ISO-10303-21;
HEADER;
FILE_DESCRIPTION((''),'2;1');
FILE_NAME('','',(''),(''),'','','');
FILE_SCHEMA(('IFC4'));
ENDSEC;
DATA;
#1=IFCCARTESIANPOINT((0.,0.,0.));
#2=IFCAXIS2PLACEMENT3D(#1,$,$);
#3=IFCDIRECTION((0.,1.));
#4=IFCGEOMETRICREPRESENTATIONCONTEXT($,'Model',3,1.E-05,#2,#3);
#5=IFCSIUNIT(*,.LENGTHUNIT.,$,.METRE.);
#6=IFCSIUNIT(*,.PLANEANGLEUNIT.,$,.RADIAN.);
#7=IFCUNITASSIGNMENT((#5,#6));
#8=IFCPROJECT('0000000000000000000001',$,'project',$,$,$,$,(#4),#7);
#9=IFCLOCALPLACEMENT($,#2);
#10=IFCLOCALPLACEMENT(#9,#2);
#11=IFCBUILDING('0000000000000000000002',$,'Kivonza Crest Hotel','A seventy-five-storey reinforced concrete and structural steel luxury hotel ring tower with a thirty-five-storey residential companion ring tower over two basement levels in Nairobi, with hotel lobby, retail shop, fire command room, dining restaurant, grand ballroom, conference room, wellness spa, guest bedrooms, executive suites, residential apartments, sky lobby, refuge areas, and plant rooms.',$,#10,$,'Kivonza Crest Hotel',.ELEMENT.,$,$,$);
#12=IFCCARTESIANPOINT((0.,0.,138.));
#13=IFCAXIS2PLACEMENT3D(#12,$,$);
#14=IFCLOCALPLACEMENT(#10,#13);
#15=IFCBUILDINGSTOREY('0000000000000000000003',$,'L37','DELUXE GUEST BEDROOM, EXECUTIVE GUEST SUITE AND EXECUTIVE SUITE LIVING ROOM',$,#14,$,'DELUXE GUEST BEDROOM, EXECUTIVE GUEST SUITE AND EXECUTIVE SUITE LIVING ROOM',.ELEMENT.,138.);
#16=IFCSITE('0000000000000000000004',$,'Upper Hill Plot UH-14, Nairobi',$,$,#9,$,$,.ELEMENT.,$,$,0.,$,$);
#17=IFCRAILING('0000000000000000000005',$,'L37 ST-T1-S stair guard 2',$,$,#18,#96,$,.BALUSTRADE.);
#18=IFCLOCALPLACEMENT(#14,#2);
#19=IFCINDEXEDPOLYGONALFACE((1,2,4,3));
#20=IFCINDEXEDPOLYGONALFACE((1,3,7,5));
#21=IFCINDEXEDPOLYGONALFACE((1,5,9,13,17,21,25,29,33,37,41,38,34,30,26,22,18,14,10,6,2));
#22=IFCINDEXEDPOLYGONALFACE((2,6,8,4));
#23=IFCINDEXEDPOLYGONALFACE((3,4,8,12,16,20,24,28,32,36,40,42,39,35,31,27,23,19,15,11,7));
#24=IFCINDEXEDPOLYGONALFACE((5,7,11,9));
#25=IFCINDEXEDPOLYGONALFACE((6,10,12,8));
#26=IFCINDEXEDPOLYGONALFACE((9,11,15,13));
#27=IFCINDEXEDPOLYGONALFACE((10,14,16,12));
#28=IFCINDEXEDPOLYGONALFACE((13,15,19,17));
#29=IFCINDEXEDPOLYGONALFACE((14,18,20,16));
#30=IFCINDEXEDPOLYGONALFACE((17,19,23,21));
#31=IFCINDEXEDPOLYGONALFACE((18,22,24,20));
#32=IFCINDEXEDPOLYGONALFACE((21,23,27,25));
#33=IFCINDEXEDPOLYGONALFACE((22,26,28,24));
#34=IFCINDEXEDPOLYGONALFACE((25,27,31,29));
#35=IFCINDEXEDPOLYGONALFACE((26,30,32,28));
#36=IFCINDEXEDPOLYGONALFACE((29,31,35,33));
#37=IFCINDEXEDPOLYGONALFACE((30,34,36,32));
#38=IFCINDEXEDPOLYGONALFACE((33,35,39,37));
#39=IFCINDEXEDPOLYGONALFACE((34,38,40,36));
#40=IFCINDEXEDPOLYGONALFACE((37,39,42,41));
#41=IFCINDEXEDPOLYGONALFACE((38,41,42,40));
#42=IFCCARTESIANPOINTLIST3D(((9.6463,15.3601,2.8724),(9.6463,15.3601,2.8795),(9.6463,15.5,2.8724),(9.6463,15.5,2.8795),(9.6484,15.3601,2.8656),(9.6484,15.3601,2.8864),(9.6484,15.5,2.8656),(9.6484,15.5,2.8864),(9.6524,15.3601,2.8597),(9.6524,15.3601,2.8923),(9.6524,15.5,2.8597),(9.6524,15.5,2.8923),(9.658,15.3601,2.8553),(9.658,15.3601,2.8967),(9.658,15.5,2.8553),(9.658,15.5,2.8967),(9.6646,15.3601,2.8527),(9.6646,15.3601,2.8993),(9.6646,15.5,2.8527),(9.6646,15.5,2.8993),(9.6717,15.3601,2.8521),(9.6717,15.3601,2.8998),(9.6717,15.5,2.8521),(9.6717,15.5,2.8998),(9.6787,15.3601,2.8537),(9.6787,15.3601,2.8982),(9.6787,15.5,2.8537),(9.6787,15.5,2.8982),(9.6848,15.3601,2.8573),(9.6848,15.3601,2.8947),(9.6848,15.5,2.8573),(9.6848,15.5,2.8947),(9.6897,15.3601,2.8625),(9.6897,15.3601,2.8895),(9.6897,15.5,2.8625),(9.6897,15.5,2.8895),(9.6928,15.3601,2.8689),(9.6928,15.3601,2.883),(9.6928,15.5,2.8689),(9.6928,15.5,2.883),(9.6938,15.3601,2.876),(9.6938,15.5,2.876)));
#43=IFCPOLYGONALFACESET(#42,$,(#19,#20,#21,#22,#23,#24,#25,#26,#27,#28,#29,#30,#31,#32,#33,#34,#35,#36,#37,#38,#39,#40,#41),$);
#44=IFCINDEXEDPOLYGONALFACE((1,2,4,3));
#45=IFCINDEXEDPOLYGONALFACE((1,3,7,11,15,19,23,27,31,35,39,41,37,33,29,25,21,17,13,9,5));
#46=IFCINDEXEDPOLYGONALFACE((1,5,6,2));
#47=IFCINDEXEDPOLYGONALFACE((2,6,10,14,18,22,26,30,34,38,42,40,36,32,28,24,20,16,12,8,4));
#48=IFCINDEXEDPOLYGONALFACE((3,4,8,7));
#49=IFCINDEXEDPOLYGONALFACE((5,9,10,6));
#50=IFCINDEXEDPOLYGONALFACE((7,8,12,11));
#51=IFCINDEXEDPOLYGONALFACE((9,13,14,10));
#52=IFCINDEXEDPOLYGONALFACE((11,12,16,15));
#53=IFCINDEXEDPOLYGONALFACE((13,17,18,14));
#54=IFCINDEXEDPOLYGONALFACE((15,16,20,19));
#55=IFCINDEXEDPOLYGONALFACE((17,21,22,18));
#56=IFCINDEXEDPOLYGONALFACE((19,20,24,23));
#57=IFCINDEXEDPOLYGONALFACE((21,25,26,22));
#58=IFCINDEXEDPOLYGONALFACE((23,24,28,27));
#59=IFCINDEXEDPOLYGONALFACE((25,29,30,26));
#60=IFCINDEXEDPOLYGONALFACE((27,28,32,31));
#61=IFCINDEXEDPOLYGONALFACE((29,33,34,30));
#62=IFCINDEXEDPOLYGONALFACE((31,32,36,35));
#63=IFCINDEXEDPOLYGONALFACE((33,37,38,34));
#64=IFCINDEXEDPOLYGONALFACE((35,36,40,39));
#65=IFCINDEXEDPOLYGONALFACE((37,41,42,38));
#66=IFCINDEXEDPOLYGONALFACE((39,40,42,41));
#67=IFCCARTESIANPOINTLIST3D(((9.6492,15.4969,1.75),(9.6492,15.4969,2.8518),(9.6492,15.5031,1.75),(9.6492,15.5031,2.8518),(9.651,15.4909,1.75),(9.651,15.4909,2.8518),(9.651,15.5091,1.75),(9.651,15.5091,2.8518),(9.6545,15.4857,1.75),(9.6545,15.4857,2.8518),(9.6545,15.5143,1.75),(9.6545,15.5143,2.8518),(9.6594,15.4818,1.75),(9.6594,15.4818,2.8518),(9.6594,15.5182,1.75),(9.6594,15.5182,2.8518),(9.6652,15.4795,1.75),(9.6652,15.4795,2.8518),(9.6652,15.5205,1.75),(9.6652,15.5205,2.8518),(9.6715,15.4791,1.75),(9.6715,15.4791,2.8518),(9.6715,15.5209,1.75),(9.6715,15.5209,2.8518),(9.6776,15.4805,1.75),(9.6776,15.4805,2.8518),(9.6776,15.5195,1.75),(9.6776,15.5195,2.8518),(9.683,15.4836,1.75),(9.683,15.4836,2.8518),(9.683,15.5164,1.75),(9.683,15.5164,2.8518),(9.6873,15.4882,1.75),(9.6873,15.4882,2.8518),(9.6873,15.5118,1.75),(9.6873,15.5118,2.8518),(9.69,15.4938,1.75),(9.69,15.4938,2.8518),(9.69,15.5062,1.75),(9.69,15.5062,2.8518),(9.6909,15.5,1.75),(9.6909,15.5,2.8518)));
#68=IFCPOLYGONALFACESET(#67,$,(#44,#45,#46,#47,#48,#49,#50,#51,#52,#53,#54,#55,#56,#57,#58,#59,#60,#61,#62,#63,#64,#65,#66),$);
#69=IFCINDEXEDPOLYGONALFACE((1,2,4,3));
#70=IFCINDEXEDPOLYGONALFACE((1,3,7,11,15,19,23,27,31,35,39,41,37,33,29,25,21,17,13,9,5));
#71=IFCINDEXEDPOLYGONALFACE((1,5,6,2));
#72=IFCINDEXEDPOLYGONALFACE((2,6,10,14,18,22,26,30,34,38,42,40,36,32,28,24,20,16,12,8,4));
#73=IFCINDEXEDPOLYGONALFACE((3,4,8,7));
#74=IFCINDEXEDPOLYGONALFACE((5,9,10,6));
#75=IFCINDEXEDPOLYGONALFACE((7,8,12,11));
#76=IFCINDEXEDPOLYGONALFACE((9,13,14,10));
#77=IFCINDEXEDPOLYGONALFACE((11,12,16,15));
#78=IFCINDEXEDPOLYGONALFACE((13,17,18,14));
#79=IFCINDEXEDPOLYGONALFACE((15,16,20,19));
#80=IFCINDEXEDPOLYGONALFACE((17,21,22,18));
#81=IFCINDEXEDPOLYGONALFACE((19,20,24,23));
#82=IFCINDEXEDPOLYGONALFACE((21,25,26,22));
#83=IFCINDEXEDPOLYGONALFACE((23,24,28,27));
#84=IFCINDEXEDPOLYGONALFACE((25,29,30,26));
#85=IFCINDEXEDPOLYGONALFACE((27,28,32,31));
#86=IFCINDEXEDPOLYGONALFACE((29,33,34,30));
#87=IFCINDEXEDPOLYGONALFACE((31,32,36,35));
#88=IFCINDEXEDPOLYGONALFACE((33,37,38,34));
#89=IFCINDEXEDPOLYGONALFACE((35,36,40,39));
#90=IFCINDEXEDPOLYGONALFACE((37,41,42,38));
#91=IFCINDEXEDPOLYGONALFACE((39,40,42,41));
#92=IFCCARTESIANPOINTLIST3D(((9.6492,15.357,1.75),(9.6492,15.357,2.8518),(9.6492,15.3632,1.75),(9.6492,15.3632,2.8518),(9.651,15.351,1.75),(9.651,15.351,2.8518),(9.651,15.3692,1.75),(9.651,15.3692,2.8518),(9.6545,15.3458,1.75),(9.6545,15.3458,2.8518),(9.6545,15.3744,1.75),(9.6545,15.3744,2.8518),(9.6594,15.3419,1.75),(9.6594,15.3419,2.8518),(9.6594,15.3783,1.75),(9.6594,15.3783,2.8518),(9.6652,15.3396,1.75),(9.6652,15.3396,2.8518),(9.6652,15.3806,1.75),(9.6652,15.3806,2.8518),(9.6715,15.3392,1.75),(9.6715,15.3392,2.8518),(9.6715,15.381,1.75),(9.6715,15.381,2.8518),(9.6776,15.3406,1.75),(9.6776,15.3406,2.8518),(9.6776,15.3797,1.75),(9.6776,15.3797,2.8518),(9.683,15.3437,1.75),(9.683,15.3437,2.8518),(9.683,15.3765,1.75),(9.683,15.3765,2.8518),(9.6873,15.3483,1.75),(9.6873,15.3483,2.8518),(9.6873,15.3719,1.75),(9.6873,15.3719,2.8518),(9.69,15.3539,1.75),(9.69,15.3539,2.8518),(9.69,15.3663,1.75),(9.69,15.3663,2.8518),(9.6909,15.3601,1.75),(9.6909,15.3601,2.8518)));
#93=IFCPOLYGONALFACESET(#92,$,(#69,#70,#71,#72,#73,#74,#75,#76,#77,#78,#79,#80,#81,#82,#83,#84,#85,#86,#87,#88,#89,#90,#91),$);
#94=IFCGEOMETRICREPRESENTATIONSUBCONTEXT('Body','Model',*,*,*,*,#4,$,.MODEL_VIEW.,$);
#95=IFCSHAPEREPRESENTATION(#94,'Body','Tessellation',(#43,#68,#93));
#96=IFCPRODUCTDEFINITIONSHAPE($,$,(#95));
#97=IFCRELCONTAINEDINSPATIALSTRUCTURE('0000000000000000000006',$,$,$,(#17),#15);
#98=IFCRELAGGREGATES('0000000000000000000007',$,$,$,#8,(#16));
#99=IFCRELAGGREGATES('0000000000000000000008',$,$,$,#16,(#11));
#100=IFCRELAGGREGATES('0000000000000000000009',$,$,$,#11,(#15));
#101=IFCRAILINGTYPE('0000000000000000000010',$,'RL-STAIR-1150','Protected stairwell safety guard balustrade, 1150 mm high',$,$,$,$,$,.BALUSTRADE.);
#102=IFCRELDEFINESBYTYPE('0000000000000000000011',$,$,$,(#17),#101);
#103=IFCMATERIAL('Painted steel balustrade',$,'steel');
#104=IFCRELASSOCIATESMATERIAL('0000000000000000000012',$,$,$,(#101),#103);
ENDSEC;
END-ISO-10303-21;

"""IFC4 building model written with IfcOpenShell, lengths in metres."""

from ifc_helpers import new_model, si_unit, direction, frame, origin, origin_2d, place, context, subcontext, project, spatial, circle, extrude, material, type_object, element, save


model = new_model("IFC4")

# Units and contexts
model_context = context("Model", 3, precision=1e-05, world=origin(), true_north=direction((0.0, 1.0)))
body_context = subcontext(model_context, "Body", "Model", "MODEL_VIEW")
ifc_project = project(units=[si_unit("LENGTHUNIT", "METRE"), si_unit("PLANEANGLEUNIT", "RADIAN")], contexts=[model_context])

# Site, building, storey
site_placement = place(None, origin())
site = spatial("IfcSite", under=ifc_project, at=site_placement, Name="Upper Hill Plot UH-14, Nairobi", CompositionType="ELEMENT", RefElevation=0.0)
building_placement = place(site_placement, origin())
building = spatial("IfcBuilding", under=site, at=building_placement, Name="Kivonza Crest Hotel", Description="A seventy-five-storey reinforced concrete and structural steel luxury hotel ring tower with a thirty-five-storey residential companion ring tower over two basement levels in Nairobi, with hotel lobby, retail shop, fire command room, dining restaurant, grand ballroom, conference room, wellness spa, guest bedrooms, executive suites, residential apartments, sky lobby, refuge areas, and plant rooms.", LongName="Kivonza Crest Hotel", CompositionType="ELEMENT")
storey_placement = place(building_placement, frame((0.0, 0.0, 138.0)))
storey = spatial("IfcBuildingStorey", under=building, at=storey_placement, Name="L37", Description="DELUXE GUEST BEDROOM, EXECUTIVE GUEST SUITE AND EXECUTIVE SUITE LIVING ROOM", LongName="DELUXE GUEST BEDROOM, EXECUTIVE GUEST SUITE AND EXECUTIVE SUITE LIVING ROOM", CompositionType="ELEMENT", Elevation=138.0)

# Railing
ifc_material_1 = material(Name="Painted steel balustrade", Category="steel")
railing_type_1 = type_object("IfcRailingType", Name="RL-STAIR-1150", Description="Protected stairwell safety guard balustrade, 1150 mm high", PredefinedType="BALUSTRADE", material=ifc_material_1)
railing_1_placement = place(storey_placement, frame((9.6699, 15.5, 1.75)))
element("IfcRailing", 1, at=railing_1_placement, inside=storey, type_object=railing_type_1, Name="L37 ST-T1-S stair guard 2", PredefinedType="BALUSTRADE", context=body_context, shape_type="SweptSolid", body=[
    extrude(circle(Radius=0.0239, at=origin_2d()), frame((0.0, 0.0, 1.126), z_axis=(0.0, -1.0, 0.0), x_axis=(1.0, 0.0, 0.0)), (0.0, 0.0, 1.0), 0.1399),
    extrude(circle(Radius=0.021, at=origin_2d()), origin(), (0.0, 0.0, 1.0), 1.1018),
    extrude(circle(Radius=0.021, at=origin_2d()), frame((0.0, -0.1399, 0.0)), (0.0, 0.0, 1.0), 1.1018),
])

save(model, "model.ifc")
